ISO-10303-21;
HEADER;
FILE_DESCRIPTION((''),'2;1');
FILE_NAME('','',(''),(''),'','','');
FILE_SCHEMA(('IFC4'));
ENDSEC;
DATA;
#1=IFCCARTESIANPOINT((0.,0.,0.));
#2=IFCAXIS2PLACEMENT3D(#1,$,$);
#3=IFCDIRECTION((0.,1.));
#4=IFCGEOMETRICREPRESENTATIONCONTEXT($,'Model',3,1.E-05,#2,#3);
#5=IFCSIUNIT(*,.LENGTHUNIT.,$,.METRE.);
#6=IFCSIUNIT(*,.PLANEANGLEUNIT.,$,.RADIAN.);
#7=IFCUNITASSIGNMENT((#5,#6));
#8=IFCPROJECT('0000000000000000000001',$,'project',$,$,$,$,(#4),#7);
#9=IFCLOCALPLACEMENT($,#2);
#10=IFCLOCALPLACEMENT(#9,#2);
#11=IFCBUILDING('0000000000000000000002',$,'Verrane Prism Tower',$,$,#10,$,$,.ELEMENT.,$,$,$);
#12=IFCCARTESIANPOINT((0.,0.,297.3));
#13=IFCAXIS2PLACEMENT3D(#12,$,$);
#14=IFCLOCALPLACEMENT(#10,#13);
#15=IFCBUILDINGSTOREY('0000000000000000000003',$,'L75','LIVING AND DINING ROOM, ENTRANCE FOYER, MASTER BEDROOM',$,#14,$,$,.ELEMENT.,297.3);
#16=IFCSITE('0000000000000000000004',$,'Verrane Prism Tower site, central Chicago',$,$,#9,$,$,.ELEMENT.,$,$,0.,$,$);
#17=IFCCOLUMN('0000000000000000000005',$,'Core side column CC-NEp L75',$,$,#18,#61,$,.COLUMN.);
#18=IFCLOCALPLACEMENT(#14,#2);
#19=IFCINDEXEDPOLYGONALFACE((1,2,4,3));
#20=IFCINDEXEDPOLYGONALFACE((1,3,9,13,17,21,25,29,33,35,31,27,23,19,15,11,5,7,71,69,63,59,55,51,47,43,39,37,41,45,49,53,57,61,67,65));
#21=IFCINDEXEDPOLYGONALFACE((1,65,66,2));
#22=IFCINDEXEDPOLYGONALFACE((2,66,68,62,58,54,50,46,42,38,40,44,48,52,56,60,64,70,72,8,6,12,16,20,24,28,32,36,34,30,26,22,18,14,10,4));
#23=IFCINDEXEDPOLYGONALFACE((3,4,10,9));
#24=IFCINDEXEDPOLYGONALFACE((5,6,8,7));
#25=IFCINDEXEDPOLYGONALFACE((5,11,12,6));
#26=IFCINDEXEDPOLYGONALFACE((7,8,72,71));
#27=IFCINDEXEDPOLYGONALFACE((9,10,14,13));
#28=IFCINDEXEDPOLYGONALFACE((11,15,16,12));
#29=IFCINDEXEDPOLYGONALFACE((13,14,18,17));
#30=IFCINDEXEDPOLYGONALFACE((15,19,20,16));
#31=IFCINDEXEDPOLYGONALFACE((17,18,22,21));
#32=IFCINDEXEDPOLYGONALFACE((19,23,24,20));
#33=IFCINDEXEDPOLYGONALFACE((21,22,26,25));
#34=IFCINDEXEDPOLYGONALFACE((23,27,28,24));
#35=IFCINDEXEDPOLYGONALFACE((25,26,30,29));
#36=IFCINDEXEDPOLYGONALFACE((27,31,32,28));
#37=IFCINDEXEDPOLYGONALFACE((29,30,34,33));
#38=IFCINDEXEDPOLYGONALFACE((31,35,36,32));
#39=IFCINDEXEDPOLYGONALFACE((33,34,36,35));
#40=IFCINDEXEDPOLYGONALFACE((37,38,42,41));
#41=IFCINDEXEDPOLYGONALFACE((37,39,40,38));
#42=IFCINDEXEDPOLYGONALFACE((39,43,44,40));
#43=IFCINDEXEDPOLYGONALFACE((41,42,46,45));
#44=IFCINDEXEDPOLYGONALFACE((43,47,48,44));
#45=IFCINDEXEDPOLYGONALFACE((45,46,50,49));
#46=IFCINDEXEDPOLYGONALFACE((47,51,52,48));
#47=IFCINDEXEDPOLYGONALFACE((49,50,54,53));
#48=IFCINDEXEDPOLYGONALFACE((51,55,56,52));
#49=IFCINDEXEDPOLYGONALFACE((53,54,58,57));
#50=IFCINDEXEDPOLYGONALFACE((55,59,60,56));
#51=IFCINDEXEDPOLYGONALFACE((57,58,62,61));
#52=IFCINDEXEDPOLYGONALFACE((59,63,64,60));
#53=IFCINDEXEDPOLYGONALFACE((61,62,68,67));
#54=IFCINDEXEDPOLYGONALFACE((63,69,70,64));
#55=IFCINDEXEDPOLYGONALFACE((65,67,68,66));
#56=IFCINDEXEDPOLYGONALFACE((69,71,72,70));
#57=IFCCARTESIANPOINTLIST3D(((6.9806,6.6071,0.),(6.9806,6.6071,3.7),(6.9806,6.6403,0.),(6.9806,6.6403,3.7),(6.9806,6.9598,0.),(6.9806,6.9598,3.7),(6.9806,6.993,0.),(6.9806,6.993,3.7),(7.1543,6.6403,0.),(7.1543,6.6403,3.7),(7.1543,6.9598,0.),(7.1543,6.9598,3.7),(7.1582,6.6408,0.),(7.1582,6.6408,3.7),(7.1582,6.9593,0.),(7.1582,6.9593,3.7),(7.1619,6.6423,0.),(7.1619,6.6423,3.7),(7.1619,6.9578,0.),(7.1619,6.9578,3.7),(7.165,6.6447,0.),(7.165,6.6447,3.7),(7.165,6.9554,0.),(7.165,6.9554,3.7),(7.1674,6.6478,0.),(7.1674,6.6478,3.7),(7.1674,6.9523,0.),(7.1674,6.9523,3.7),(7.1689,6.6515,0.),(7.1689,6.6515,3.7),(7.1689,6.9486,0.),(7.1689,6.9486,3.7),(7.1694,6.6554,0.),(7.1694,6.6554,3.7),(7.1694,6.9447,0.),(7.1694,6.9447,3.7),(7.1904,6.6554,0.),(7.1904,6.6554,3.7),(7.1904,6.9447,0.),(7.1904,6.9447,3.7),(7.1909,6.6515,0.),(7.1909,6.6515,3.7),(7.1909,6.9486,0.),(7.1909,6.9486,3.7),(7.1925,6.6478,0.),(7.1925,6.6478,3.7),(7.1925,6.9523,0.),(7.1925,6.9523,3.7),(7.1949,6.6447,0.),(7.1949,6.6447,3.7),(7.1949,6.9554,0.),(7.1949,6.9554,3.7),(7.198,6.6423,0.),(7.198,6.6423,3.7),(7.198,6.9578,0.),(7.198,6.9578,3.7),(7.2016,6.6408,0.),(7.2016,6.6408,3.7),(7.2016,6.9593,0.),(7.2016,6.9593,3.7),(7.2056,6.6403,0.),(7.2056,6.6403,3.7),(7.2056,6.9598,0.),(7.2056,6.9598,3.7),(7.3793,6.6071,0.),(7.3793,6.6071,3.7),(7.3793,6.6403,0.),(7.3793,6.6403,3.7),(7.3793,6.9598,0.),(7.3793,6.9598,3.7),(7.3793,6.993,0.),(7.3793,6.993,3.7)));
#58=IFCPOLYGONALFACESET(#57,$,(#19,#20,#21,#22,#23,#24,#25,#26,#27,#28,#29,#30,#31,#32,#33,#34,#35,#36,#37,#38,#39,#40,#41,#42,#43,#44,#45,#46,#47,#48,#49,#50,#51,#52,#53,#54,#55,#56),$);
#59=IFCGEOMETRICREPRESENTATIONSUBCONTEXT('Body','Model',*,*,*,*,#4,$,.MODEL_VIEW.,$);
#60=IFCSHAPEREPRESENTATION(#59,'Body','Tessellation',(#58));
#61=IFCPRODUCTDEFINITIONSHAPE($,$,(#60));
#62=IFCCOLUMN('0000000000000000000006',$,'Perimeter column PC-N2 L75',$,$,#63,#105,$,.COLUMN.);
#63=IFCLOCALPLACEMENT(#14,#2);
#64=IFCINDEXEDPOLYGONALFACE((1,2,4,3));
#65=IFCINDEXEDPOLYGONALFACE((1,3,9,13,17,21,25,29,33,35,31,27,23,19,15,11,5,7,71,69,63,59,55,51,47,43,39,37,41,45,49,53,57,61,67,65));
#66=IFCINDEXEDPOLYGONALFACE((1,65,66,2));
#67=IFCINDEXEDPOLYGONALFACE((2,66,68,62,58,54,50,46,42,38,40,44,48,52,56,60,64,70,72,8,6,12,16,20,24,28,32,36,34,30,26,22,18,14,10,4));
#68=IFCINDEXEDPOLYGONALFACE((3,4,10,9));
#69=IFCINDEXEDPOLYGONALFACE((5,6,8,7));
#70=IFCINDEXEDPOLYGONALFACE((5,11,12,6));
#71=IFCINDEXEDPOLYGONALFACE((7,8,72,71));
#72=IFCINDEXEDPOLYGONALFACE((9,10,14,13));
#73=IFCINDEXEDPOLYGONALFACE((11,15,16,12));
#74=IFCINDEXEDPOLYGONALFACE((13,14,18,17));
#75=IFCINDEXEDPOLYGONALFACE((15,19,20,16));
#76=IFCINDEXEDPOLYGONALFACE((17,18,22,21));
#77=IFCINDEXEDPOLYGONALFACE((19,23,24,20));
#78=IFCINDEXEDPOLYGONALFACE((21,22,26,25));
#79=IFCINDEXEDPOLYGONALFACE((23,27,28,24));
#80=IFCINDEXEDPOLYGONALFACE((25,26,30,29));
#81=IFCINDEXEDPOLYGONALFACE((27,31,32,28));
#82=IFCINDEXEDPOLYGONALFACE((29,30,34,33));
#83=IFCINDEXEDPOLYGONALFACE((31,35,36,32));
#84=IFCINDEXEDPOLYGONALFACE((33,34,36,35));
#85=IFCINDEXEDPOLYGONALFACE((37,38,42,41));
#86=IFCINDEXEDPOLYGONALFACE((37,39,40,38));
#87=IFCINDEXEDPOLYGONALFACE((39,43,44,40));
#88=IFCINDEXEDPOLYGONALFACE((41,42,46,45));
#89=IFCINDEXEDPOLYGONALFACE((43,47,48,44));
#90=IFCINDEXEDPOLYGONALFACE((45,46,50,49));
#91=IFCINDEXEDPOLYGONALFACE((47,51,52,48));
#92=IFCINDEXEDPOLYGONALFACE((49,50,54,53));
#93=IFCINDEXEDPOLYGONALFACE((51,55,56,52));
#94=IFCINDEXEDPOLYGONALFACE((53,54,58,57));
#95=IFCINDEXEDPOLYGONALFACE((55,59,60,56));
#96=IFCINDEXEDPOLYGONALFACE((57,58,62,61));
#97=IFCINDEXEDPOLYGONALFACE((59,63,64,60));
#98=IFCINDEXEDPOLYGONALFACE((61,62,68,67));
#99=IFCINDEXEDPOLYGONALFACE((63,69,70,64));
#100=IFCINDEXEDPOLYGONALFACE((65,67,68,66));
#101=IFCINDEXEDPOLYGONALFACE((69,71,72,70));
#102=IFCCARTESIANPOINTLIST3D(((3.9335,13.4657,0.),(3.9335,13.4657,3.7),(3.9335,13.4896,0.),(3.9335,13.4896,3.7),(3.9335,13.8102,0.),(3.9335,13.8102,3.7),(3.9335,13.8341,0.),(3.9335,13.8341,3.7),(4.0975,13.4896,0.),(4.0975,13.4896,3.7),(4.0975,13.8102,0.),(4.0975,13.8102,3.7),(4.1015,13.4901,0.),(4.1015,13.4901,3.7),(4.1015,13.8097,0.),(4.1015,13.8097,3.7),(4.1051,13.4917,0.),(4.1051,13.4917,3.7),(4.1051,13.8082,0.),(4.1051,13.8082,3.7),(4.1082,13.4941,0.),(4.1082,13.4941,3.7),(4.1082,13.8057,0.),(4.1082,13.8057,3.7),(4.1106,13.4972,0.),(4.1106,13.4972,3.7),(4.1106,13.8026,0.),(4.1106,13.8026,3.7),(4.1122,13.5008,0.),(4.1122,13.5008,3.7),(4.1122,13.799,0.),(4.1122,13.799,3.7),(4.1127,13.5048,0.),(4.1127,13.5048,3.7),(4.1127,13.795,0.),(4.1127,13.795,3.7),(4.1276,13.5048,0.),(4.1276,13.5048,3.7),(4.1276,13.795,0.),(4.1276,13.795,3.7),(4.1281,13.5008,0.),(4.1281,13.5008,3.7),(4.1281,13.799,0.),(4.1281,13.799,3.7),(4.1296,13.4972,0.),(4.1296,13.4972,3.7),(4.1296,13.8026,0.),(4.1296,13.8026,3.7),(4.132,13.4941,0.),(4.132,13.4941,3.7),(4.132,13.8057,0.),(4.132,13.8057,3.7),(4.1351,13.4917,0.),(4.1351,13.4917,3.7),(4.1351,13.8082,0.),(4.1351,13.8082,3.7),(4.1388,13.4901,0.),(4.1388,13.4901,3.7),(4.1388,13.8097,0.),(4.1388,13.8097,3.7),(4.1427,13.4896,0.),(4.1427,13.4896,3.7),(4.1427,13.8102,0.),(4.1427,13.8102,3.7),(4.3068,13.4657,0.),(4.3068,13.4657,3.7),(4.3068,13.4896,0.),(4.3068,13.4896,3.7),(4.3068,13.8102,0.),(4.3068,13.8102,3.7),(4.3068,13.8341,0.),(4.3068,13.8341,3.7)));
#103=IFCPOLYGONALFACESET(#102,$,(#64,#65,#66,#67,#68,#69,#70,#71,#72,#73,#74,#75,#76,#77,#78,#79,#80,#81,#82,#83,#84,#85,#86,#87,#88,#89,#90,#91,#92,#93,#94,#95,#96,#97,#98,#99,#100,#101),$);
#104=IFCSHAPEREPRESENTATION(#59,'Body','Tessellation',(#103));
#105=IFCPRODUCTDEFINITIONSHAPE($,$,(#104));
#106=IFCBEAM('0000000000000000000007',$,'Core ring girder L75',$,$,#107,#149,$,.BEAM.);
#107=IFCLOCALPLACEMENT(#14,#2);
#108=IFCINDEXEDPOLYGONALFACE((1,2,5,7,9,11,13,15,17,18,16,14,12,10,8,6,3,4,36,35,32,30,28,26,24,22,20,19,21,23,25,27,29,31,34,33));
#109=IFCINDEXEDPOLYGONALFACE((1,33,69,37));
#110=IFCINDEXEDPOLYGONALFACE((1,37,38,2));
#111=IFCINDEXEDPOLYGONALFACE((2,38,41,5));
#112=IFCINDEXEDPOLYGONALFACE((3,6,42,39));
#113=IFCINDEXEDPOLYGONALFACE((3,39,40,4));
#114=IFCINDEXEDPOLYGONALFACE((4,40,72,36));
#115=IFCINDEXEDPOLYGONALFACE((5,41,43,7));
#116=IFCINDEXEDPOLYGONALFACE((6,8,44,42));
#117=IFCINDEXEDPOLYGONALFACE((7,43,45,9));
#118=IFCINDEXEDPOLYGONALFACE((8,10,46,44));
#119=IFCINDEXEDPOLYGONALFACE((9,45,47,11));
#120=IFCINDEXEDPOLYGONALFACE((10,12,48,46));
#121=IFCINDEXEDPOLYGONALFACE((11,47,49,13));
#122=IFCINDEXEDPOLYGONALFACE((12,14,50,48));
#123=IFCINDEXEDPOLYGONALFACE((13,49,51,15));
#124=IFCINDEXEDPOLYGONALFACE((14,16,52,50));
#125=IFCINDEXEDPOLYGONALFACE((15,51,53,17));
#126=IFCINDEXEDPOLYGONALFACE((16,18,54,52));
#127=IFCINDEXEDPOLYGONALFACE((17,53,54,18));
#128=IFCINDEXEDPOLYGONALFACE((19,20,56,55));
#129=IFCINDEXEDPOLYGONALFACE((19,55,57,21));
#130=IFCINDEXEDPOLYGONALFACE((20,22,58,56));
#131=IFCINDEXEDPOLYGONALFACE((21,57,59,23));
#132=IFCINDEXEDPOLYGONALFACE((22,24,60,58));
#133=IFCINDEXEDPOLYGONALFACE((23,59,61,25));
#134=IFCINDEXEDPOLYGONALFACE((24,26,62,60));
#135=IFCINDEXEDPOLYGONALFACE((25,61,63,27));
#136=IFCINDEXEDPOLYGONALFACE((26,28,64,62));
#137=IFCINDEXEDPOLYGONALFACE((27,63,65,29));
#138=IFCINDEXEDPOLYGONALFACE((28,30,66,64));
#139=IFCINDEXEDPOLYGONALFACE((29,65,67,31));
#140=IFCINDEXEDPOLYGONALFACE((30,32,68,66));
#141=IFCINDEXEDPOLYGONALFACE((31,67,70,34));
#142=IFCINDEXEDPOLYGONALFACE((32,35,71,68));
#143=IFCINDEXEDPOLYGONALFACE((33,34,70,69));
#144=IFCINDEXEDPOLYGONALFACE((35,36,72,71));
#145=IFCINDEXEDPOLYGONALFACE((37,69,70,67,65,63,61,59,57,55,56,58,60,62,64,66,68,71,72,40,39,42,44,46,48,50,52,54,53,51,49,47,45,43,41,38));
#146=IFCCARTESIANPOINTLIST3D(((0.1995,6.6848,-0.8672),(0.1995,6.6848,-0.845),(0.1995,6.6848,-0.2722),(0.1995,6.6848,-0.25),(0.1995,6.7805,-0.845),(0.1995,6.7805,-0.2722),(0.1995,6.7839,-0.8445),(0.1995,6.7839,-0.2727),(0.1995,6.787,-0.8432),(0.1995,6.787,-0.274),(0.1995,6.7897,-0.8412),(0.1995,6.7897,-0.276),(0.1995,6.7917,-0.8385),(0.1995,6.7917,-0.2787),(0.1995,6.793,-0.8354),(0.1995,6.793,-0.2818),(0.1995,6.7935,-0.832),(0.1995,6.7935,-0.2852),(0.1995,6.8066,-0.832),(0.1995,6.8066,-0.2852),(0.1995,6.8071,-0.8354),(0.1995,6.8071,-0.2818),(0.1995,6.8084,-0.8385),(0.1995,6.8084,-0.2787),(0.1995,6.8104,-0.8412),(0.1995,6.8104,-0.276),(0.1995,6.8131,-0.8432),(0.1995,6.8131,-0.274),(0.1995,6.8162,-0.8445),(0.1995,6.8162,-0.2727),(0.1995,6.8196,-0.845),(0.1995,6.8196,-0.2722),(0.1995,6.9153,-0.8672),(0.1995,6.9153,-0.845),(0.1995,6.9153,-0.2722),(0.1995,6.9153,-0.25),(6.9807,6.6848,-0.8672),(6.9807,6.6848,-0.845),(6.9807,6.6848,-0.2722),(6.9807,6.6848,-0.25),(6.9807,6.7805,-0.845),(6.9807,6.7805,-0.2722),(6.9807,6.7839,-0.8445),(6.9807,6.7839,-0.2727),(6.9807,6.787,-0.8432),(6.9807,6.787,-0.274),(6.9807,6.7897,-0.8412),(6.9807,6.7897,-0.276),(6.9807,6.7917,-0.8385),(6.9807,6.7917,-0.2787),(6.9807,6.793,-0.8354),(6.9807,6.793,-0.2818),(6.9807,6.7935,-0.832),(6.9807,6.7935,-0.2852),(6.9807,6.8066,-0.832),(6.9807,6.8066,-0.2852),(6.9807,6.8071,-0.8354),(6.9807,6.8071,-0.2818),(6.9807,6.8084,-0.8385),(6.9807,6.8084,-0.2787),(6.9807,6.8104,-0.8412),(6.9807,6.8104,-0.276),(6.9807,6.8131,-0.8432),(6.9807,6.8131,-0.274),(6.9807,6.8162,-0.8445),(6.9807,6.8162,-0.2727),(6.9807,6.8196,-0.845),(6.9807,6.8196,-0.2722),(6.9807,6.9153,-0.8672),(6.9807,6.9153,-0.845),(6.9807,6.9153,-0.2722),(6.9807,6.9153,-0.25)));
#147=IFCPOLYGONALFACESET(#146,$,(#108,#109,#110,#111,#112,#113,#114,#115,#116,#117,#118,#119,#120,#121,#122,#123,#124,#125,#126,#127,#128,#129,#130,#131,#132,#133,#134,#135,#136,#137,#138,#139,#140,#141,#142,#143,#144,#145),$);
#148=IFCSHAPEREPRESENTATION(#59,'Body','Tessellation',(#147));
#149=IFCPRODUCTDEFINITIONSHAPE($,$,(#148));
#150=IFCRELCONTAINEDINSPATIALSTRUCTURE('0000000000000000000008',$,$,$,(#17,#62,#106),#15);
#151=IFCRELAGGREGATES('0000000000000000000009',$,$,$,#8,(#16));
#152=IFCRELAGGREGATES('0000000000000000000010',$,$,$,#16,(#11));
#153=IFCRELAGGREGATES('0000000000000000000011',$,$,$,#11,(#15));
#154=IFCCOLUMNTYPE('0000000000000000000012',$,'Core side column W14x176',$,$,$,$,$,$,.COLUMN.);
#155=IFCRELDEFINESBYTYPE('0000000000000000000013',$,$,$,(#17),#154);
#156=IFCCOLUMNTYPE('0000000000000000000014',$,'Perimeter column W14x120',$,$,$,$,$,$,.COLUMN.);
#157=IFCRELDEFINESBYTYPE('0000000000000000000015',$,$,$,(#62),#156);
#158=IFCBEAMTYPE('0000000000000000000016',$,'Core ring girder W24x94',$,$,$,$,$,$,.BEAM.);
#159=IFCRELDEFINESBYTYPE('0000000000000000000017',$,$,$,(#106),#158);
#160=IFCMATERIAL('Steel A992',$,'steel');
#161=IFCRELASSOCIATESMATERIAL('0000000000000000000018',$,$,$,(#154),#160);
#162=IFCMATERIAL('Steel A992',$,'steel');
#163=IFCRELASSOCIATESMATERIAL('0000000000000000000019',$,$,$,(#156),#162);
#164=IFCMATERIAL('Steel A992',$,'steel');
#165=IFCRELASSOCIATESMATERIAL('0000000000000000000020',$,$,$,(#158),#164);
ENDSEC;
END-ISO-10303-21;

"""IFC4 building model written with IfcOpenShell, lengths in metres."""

from ifc_helpers import new_model, si_unit, direction, frame, origin, origin_2d, place, context, subcontext, project, spatial, i_section, extrude, material, material_profile, profile_set, type_object, element, save


model = new_model("IFC4")

# Units and contexts
model_context = context("Model", 3, precision=1e-05, world=origin(), true_north=direction((0.0, 1.0)))
body_context = subcontext(model_context, "Body", "Model", "MODEL_VIEW")
ifc_project = project(units=[si_unit("LENGTHUNIT", "METRE"), si_unit("PLANEANGLEUNIT", "RADIAN")], contexts=[model_context])

# Site, building, storey
site_placement = place(None, origin())
site = spatial("IfcSite", under=ifc_project, at=site_placement, Name="Verrane Prism Tower site, central Chicago", CompositionType="ELEMENT", RefElevation=0.0)
building_placement = place(site_placement, origin())
building = spatial("IfcBuilding", under=site, at=building_placement, Name="Verrane Prism Tower", CompositionType="ELEMENT")
storey_placement = place(building_placement, frame((0.0, 0.0, 297.3)))
storey = spatial("IfcBuildingStorey", under=building, at=storey_placement, Name="L75", Description="LIVING AND DINING ROOM, ENTRANCE FOYER, MASTER BEDROOM", CompositionType="ELEMENT", Elevation=297.3)

# Columns
ifc_material_1 = material(Name="Steel A992", Category="steel")
ifc_material_profile_1 = material_profile(ifc_material_1, i_section(OverallWidth=0.3987, OverallDepth=0.386, WebThickness=0.021, FlangeThickness=0.0332, FilletRadius=0.0151, at=origin_2d()), Name="W14x176")
ifc_profile_set_1 = profile_set([ifc_material_profile_1], Name="Steel A992")
column_type_1 = type_object("IfcColumnType", Name="Core side column W14x176", PredefinedType="COLUMN", material=ifc_profile_set_1)
column_1_placement = place(storey_placement, frame((7.1799, 6.8, 0.0), z_axis=(0.0, 0.0, 1.0), x_axis=(1.0, 0.0, 0.0)))
element("IfcColumn", 1, at=column_1_placement, inside=storey, type_object=column_type_1, Name="Core side column CC-NEp L75", PredefinedType="COLUMN", context=body_context, shape_type="SweptSolid", body=[
    extrude(i_section(OverallWidth=0.3987, OverallDepth=0.386, WebThickness=0.021, FlangeThickness=0.0332, FilletRadius=0.0151, at=origin_2d()), origin(), (0.0, 0.0, 1.0), 3.7),
])
ifc_material_2 = material(Name="Steel A992", Category="steel")
ifc_material_profile_2 = material_profile(ifc_material_2, i_section(OverallWidth=0.3733, OverallDepth=0.3684, WebThickness=0.0149, FlangeThickness=0.0239, FilletRadius=0.0151, at=origin_2d()), Name="W14x120")
ifc_profile_set_2 = profile_set([ifc_material_profile_2], Name="Steel A992")
column_type_2 = type_object("IfcColumnType", Name="Perimeter column W14x120", PredefinedType="COLUMN", material=ifc_profile_set_2)
column_2_placement = place(storey_placement, frame((4.1201, 13.6499, 0.0), z_axis=(0.0, 0.0, 1.0), x_axis=(1.0, 0.0, 0.0)))
element("IfcColumn", 2, at=column_2_placement, inside=storey, type_object=column_type_2, Name="Perimeter column PC-N2 L75", PredefinedType="COLUMN", context=body_context, shape_type="SweptSolid", body=[
    extrude(i_section(OverallWidth=0.3733, OverallDepth=0.3684, WebThickness=0.0149, FlangeThickness=0.0239, FilletRadius=0.0151, at=origin_2d()), origin(), (0.0, 0.0, 1.0), 3.7),
])

# Beam
ifc_material_3 = material(Name="Steel A992", Category="steel")
ifc_material_profile_3 = material_profile(ifc_material_3, i_section(OverallWidth=0.2305, OverallDepth=0.6172, WebThickness=0.0132, FlangeThickness=0.0222, FilletRadius=0.0129, at=origin_2d()), Name="W24x94")
ifc_profile_set_3 = profile_set([ifc_material_profile_3], Name="Steel A992")
beam_type_1 = type_object("IfcBeamType", Name="Core ring girder W24x94", PredefinedType="BEAM", material=ifc_profile_set_3)
beam_1_placement = place(storey_placement, frame((6.9807, 6.8, -0.5586), z_axis=(-1.0, 0.0, 0.0), x_axis=(0.0, -1.0, 0.0)))
element("IfcBeam", 3, at=beam_1_placement, inside=storey, type_object=beam_type_1, Name="Core ring girder L75", PredefinedType="BEAM", context=body_context, shape_type="SweptSolid", body=[
    extrude(i_section(OverallWidth=0.2305, OverallDepth=0.6172, WebThickness=0.0132, FlangeThickness=0.0222, FilletRadius=0.0129, at=origin_2d()), origin(), (0.0, 0.0, 1.0), 6.7812),
])

save(model, "model.ifc")
